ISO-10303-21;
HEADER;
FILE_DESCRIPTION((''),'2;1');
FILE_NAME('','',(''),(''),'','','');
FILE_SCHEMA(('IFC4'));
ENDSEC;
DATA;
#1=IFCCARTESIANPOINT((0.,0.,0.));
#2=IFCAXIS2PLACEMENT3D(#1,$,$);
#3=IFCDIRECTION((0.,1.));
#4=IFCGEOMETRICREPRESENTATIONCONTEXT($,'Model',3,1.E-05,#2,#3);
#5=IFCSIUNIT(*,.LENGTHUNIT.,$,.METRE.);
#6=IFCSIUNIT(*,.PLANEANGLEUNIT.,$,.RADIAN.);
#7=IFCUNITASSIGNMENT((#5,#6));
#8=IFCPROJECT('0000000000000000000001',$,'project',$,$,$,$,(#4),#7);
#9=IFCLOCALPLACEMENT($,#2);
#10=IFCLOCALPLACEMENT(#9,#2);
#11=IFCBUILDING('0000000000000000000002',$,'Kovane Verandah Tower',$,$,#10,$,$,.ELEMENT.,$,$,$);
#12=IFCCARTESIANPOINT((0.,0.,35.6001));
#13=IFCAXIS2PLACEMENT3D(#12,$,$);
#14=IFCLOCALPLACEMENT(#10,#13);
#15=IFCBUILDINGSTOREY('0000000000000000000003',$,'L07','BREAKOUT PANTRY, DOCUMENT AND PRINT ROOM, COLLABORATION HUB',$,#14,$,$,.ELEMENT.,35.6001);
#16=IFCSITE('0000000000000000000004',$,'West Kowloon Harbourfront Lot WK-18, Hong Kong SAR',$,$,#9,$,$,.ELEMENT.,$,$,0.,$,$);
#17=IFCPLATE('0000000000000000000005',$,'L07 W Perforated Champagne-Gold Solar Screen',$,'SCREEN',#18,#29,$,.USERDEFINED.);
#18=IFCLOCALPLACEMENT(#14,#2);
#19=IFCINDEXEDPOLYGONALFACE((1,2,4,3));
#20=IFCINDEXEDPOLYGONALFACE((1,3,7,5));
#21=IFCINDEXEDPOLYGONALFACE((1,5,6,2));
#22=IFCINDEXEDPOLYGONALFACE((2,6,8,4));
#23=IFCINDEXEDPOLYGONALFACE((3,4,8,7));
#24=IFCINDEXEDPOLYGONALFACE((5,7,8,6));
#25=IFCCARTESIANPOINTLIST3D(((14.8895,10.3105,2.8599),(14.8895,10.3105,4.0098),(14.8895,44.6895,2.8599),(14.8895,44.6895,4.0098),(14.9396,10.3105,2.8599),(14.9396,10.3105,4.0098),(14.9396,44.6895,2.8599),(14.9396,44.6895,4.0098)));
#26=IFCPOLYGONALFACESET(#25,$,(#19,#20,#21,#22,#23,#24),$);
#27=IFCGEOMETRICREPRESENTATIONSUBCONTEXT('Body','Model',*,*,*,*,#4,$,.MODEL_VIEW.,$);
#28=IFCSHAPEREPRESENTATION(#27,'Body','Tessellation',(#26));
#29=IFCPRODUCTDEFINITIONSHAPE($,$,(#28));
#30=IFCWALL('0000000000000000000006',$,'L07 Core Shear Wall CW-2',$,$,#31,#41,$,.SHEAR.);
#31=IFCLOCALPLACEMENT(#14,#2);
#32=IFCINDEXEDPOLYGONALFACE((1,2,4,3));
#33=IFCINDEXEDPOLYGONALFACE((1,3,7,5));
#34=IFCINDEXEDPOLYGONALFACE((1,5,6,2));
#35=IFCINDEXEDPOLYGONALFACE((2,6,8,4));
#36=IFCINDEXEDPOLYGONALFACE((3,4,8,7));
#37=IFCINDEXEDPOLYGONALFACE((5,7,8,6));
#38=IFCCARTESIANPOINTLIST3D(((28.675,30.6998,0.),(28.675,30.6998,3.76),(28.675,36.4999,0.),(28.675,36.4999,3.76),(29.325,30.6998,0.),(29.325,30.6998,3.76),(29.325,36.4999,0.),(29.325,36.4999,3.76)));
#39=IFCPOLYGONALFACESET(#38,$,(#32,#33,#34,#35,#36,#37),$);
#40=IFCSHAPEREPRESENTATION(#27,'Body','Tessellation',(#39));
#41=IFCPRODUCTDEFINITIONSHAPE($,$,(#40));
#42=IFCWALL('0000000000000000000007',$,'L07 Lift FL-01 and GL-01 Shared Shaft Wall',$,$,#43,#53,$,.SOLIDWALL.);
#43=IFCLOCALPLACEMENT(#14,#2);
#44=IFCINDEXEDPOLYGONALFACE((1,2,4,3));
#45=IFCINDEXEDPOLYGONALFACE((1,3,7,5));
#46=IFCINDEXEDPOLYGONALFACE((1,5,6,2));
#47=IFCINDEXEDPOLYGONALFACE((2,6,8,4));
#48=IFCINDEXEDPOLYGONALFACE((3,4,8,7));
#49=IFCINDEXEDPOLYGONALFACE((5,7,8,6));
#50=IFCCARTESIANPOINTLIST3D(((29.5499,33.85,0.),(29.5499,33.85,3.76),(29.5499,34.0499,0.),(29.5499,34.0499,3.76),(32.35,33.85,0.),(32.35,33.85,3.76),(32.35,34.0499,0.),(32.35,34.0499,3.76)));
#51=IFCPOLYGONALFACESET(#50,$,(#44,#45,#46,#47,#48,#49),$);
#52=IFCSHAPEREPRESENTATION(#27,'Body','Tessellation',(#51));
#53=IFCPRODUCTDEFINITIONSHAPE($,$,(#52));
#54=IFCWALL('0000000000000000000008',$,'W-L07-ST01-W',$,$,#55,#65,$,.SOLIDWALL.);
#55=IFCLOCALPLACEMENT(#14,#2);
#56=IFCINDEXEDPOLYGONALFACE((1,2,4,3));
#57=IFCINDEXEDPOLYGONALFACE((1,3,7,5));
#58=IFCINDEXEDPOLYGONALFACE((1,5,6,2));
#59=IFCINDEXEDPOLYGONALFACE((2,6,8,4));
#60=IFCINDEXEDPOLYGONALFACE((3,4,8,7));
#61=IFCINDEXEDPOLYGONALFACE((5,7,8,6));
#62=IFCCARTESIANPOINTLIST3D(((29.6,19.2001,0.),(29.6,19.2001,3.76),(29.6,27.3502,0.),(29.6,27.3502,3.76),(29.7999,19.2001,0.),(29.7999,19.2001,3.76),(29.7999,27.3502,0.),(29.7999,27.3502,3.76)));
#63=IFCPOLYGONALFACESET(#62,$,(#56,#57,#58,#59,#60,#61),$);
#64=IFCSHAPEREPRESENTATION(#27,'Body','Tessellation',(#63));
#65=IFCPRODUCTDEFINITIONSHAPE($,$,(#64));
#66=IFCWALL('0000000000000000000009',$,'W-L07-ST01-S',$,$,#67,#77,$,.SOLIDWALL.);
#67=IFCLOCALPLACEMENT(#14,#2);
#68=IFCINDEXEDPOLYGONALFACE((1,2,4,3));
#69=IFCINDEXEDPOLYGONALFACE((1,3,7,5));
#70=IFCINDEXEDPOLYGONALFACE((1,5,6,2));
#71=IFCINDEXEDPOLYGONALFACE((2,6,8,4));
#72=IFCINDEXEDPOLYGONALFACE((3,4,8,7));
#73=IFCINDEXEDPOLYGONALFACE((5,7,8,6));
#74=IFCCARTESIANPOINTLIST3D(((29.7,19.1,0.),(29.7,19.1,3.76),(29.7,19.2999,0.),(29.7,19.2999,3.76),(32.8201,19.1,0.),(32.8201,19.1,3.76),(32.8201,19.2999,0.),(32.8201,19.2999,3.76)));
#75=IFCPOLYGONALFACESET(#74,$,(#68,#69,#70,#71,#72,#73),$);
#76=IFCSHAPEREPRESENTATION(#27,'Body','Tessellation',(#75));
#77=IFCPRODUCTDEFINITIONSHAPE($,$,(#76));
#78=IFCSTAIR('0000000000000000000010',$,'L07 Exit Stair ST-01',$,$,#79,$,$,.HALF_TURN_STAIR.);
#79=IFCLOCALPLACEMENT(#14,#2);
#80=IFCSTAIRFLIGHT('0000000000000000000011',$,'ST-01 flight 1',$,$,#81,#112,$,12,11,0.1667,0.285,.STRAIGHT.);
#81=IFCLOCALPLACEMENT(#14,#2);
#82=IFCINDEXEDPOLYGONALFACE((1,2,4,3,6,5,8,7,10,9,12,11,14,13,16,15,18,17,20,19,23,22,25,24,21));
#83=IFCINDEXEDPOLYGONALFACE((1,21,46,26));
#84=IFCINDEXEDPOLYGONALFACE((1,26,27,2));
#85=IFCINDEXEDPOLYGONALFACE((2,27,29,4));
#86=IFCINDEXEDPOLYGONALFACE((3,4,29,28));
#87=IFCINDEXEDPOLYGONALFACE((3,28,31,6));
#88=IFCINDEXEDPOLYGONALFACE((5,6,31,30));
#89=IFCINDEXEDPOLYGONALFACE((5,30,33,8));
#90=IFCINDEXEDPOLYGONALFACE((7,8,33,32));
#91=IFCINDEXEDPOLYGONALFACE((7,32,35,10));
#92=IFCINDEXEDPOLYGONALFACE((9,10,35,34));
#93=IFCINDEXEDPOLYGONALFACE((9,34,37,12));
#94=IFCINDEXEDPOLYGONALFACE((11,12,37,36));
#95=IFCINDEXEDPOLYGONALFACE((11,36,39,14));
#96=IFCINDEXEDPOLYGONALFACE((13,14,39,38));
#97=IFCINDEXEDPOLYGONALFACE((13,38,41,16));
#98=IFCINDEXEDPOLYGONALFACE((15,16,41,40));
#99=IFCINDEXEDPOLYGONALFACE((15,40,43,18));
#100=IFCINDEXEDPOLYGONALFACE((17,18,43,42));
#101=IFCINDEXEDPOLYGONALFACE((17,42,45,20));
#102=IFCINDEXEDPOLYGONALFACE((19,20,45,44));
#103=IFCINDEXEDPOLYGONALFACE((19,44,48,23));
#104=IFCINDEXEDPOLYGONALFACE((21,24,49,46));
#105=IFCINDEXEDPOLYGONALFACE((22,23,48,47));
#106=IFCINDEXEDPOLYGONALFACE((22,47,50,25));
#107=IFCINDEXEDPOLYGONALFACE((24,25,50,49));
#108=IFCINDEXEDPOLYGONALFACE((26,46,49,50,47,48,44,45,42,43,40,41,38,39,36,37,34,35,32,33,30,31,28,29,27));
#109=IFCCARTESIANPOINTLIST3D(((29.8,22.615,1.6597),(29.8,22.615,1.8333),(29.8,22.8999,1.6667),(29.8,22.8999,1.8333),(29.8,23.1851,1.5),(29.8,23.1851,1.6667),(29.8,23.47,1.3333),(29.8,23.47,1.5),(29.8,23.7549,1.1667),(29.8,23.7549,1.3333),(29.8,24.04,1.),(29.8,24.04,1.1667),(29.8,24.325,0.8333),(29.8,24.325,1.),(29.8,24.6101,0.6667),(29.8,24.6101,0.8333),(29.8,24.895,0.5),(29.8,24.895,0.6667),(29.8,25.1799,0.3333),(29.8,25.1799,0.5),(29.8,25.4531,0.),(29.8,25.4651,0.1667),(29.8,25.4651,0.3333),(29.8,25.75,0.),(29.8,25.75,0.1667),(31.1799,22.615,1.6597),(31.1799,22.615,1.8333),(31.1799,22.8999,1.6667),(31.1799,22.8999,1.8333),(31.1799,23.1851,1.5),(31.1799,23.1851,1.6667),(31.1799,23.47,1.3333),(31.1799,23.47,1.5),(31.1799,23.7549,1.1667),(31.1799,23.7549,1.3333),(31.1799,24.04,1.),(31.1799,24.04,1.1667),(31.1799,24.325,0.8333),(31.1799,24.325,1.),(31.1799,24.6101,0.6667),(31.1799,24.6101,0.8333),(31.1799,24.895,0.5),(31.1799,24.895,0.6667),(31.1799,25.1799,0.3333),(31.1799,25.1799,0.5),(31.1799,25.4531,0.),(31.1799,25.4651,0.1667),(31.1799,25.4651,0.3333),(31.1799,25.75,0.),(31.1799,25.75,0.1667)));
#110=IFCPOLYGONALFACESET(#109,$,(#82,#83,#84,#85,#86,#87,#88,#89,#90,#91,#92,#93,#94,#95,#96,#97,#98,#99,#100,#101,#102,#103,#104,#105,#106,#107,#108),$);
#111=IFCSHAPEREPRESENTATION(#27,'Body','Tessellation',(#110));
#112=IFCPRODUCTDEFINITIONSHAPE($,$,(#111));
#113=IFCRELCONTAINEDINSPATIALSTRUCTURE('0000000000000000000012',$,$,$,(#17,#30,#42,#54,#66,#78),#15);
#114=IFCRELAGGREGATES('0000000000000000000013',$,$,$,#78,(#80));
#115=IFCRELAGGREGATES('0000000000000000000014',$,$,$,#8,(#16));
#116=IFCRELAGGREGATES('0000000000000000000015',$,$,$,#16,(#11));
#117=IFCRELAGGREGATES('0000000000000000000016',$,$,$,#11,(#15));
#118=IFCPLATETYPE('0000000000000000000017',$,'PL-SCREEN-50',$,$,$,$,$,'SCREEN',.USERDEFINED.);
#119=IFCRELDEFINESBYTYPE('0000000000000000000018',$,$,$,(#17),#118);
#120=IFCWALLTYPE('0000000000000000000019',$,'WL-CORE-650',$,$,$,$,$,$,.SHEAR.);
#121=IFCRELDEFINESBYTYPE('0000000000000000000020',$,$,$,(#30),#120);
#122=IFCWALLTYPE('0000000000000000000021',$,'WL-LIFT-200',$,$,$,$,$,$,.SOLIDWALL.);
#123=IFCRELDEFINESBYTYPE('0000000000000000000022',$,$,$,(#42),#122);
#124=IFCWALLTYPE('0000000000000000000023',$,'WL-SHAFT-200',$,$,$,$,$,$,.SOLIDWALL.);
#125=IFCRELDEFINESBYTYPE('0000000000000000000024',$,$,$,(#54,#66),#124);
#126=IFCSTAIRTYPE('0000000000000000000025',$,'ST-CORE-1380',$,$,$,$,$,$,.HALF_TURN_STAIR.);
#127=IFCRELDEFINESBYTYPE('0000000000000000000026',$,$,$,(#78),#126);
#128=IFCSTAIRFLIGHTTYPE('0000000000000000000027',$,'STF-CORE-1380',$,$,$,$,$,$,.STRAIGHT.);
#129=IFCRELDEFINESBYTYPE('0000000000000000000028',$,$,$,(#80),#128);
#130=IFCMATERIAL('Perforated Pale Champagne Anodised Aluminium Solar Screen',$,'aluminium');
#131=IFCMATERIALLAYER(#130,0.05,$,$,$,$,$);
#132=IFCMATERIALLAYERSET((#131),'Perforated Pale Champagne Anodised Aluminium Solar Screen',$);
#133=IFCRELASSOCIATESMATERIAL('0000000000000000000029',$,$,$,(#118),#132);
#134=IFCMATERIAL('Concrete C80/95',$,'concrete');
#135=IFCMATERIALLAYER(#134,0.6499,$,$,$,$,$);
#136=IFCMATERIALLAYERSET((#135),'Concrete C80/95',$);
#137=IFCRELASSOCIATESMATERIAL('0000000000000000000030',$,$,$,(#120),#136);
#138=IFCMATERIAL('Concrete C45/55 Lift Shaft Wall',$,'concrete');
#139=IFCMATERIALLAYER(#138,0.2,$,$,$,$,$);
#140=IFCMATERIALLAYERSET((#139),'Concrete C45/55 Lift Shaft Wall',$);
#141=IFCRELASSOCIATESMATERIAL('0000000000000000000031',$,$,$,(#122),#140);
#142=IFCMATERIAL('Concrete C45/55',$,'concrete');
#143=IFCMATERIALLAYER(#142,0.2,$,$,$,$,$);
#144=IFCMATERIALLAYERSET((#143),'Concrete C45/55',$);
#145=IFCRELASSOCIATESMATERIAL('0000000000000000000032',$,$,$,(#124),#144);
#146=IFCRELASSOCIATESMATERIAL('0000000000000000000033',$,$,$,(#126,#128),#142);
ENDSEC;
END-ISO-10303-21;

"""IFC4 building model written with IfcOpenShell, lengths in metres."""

from ifc_helpers import new_model, si_unit, direction, frame, frame_2d, origin, origin_2d, place, context, subcontext, project, spatial, polyline, rectangle, outline, extrude, material, layer, layer_set, type_object, element, aggregate, save


model = new_model("IFC4")

# Units and contexts
model_context = context("Model", 3, precision=1e-05, world=origin(), true_north=direction((0.0, 1.0)))
body_context = subcontext(model_context, "Body", "Model", "MODEL_VIEW")
ifc_project = project(units=[si_unit("LENGTHUNIT", "METRE"), si_unit("PLANEANGLEUNIT", "RADIAN")], contexts=[model_context])

# Site, building, storey
site_placement = place(None, origin())
site = spatial("IfcSite", under=ifc_project, at=site_placement, Name="West Kowloon Harbourfront Lot WK-18, Hong Kong SAR", CompositionType="ELEMENT", RefElevation=0.0)
building_placement = place(site_placement, origin())
building = spatial("IfcBuilding", under=site, at=building_placement, Name="Kovane Verandah Tower", CompositionType="ELEMENT")
storey_placement = place(building_placement, frame((0.0, 0.0, 35.6001)))
storey = spatial("IfcBuildingStorey", under=building, at=storey_placement, Name="L07", Description="BREAKOUT PANTRY, DOCUMENT AND PRINT ROOM, COLLABORATION HUB", CompositionType="ELEMENT", Elevation=35.6001)

# Shared definitions
ifc_material_1 = material(Name="Concrete C80/95", Category="concrete")

# Plate
ifc_material_2 = material(Name="Perforated Pale Champagne Anodised Aluminium Solar Screen", Category="aluminium")
ifc_layer_1 = layer(ifc_material_2, 0.05)
ifc_layer_set_1 = layer_set([ifc_layer_1], Name="Perforated Pale Champagne Anodised Aluminium Solar Screen")
plate_type = type_object("IfcPlateType", Name="PL-SCREEN-50", ElementType="SCREEN", PredefinedType="USERDEFINED", material=ifc_layer_set_1)
plate_placement = place(storey_placement, frame((14.9146, 27.5, 2.8599), z_axis=(0.0, 0.0, 1.0), x_axis=(0.0, -1.0, 0.0)))
element("IfcPlate", 1, at=plate_placement, inside=storey, type_object=plate_type, Name="L07 W Perforated Champagne-Gold Solar Screen", ObjectType="SCREEN", PredefinedType="USERDEFINED", context=body_context, shape_type="SweptSolid", body=[
    extrude(rectangle(XDim=34.3789, YDim=0.05, at=origin_2d()), origin(), (0.0, 0.0, 1.0), 1.1499),
])

# Wall
ifc_layer_2 = layer(ifc_material_1, 0.6499)
ifc_layer_set_2 = layer_set([ifc_layer_2], Name="Concrete C80/95")
wall_type_1 = type_object("IfcWallType", Name="WL-CORE-650", PredefinedType="SHEAR", material=ifc_layer_set_2)
wall_1_placement = place(storey_placement, frame((29.0, 30.7, 0.0), z_axis=(0.0, 0.0, 1.0), x_axis=(0.0, 1.0, 0.0)))
element("IfcWall", 2, at=wall_1_placement, inside=storey, type_object=wall_type_1, Name="L07 Core Shear Wall CW-2", PredefinedType="SHEAR", context=body_context, shape_type="SweptSolid", body=[
    extrude(rectangle(XDim=5.8, YDim=0.6499, at=frame_2d((2.8999, 0.0))), origin(), (0.0, 0.0, 1.0), 3.76),
])

# Shared definitions
ifc_material_3 = material(Name="Concrete C45/55 Lift Shaft Wall", Category="concrete")
ifc_layer_3 = layer(ifc_material_3, 0.2)
ifc_layer_set_3 = layer_set([ifc_layer_3], Name="Concrete C45/55 Lift Shaft Wall")
wall_type_2 = type_object("IfcWallType", Name="WL-LIFT-200", PredefinedType="SOLIDWALL", material=ifc_layer_set_3)

# Walls
wall_2_placement = place(storey_placement, frame((29.55, 33.95, 0.0), z_axis=(0.0, 0.0, 1.0), x_axis=(1.0, 0.0, 0.0)))
element("IfcWall", 3, at=wall_2_placement, inside=storey, type_object=wall_type_2, Name="L07 Lift FL-01 and GL-01 Shared Shaft Wall", PredefinedType="SOLIDWALL", context=body_context, shape_type="SweptSolid", body=[
    extrude(rectangle(XDim=2.8, YDim=0.2, at=frame_2d((1.3999, 0.0))), origin(), (0.0, 0.0, 1.0), 3.76),
])
ifc_material_4 = material(Name="Concrete C45/55", Category="concrete")
ifc_layer_4 = layer(ifc_material_4, 0.2)
ifc_layer_set_4 = layer_set([ifc_layer_4], Name="Concrete C45/55")
wall_type_3 = type_object("IfcWallType", Name="WL-SHAFT-200", PredefinedType="SOLIDWALL", material=ifc_layer_set_4)
wall_3_placement = place(storey_placement, frame((29.7, 19.2, 0.0), z_axis=(0.0, 0.0, 1.0), x_axis=(0.0, 1.0, 0.0)))
element("IfcWall", 4, at=wall_3_placement, inside=storey, type_object=wall_type_3, Name="W-L07-ST01-W", PredefinedType="SOLIDWALL", context=body_context, shape_type="SweptSolid", body=[
    extrude(rectangle(XDim=8.1501, YDim=0.2, at=frame_2d((4.0752, 0.0))), origin(), (0.0, 0.0, 1.0), 3.76),
])
wall_4_placement = place(storey_placement, frame((29.7, 19.2, 0.0), z_axis=(0.0, 0.0, 1.0), x_axis=(1.0, 0.0, 0.0)))
element("IfcWall", 5, at=wall_4_placement, inside=storey, type_object=wall_type_3, Name="W-L07-ST01-S", PredefinedType="SOLIDWALL", context=body_context, shape_type="SweptSolid", body=[
    extrude(rectangle(XDim=3.1201, YDim=0.2, at=frame_2d((1.5601, 0.0))), origin(), (0.0, 0.0, 1.0), 3.76),
])

# Stair, stair flight
stair_type = type_object("IfcStairType", Name="ST-CORE-1380", PredefinedType="HALF_TURN_STAIR", material=ifc_material_4)
stair_placement = place(storey_placement, origin())
stair = element("IfcStair", 6, at=stair_placement, inside=storey, type_object=stair_type, Name="L07 Exit Stair ST-01", PredefinedType="HALF_TURN_STAIR")
stair_flight_type = type_object("IfcStairFlightType", Name="STF-CORE-1380", PredefinedType="STRAIGHT", material=ifc_material_4)
stair_flight_placement = place(storey_placement, frame((30.49, 25.75, 0.0), z_axis=(0.0, 0.0, 1.0), x_axis=(0.0, -1.0, 0.0)))
stair_flight = element("IfcStairFlight", 7, at=stair_flight_placement, type_object=stair_flight_type, Name="ST-01 flight 1", NumberOfRisers=12, NumberOfTreads=11, PredefinedType="STRAIGHT", RiserHeight=0.1667, TreadLength=0.285, context=body_context, shape_type="SweptSolid", body=[
    extrude(outline(polyline([(0.0, 0.0), (0.0, 0.1667), (0.2849, 0.1667), (0.2849, 0.3333), (0.5701, 0.3333), (0.5701, 0.5), (0.855, 0.5), (0.855, 0.6667), (1.1399, 0.6667), (1.1399, 0.8333), (1.425, 0.8333), (1.425, 1.0), (1.71, 1.0), (1.71, 1.1667), (1.9951, 1.1667), (1.9951, 1.3333), (2.28, 1.3333), (2.28, 1.5), (2.5649, 1.5), (2.5649, 1.6667), (2.8501, 1.6667), (2.8501, 1.8333), (3.135, 1.8333), (3.135, 2.0), (3.135, 1.6597), (0.2969, 0.0), (0.0, 0.0)])), frame((0.0, 0.6899, 0.0), z_axis=(0.0, -1.0, 0.0), x_axis=(1.0, 0.0, 0.0)), (0.0, 0.0, 1.0), 1.3799),
])
aggregate(stair, [stair_flight])

save(model, "model.ifc")
